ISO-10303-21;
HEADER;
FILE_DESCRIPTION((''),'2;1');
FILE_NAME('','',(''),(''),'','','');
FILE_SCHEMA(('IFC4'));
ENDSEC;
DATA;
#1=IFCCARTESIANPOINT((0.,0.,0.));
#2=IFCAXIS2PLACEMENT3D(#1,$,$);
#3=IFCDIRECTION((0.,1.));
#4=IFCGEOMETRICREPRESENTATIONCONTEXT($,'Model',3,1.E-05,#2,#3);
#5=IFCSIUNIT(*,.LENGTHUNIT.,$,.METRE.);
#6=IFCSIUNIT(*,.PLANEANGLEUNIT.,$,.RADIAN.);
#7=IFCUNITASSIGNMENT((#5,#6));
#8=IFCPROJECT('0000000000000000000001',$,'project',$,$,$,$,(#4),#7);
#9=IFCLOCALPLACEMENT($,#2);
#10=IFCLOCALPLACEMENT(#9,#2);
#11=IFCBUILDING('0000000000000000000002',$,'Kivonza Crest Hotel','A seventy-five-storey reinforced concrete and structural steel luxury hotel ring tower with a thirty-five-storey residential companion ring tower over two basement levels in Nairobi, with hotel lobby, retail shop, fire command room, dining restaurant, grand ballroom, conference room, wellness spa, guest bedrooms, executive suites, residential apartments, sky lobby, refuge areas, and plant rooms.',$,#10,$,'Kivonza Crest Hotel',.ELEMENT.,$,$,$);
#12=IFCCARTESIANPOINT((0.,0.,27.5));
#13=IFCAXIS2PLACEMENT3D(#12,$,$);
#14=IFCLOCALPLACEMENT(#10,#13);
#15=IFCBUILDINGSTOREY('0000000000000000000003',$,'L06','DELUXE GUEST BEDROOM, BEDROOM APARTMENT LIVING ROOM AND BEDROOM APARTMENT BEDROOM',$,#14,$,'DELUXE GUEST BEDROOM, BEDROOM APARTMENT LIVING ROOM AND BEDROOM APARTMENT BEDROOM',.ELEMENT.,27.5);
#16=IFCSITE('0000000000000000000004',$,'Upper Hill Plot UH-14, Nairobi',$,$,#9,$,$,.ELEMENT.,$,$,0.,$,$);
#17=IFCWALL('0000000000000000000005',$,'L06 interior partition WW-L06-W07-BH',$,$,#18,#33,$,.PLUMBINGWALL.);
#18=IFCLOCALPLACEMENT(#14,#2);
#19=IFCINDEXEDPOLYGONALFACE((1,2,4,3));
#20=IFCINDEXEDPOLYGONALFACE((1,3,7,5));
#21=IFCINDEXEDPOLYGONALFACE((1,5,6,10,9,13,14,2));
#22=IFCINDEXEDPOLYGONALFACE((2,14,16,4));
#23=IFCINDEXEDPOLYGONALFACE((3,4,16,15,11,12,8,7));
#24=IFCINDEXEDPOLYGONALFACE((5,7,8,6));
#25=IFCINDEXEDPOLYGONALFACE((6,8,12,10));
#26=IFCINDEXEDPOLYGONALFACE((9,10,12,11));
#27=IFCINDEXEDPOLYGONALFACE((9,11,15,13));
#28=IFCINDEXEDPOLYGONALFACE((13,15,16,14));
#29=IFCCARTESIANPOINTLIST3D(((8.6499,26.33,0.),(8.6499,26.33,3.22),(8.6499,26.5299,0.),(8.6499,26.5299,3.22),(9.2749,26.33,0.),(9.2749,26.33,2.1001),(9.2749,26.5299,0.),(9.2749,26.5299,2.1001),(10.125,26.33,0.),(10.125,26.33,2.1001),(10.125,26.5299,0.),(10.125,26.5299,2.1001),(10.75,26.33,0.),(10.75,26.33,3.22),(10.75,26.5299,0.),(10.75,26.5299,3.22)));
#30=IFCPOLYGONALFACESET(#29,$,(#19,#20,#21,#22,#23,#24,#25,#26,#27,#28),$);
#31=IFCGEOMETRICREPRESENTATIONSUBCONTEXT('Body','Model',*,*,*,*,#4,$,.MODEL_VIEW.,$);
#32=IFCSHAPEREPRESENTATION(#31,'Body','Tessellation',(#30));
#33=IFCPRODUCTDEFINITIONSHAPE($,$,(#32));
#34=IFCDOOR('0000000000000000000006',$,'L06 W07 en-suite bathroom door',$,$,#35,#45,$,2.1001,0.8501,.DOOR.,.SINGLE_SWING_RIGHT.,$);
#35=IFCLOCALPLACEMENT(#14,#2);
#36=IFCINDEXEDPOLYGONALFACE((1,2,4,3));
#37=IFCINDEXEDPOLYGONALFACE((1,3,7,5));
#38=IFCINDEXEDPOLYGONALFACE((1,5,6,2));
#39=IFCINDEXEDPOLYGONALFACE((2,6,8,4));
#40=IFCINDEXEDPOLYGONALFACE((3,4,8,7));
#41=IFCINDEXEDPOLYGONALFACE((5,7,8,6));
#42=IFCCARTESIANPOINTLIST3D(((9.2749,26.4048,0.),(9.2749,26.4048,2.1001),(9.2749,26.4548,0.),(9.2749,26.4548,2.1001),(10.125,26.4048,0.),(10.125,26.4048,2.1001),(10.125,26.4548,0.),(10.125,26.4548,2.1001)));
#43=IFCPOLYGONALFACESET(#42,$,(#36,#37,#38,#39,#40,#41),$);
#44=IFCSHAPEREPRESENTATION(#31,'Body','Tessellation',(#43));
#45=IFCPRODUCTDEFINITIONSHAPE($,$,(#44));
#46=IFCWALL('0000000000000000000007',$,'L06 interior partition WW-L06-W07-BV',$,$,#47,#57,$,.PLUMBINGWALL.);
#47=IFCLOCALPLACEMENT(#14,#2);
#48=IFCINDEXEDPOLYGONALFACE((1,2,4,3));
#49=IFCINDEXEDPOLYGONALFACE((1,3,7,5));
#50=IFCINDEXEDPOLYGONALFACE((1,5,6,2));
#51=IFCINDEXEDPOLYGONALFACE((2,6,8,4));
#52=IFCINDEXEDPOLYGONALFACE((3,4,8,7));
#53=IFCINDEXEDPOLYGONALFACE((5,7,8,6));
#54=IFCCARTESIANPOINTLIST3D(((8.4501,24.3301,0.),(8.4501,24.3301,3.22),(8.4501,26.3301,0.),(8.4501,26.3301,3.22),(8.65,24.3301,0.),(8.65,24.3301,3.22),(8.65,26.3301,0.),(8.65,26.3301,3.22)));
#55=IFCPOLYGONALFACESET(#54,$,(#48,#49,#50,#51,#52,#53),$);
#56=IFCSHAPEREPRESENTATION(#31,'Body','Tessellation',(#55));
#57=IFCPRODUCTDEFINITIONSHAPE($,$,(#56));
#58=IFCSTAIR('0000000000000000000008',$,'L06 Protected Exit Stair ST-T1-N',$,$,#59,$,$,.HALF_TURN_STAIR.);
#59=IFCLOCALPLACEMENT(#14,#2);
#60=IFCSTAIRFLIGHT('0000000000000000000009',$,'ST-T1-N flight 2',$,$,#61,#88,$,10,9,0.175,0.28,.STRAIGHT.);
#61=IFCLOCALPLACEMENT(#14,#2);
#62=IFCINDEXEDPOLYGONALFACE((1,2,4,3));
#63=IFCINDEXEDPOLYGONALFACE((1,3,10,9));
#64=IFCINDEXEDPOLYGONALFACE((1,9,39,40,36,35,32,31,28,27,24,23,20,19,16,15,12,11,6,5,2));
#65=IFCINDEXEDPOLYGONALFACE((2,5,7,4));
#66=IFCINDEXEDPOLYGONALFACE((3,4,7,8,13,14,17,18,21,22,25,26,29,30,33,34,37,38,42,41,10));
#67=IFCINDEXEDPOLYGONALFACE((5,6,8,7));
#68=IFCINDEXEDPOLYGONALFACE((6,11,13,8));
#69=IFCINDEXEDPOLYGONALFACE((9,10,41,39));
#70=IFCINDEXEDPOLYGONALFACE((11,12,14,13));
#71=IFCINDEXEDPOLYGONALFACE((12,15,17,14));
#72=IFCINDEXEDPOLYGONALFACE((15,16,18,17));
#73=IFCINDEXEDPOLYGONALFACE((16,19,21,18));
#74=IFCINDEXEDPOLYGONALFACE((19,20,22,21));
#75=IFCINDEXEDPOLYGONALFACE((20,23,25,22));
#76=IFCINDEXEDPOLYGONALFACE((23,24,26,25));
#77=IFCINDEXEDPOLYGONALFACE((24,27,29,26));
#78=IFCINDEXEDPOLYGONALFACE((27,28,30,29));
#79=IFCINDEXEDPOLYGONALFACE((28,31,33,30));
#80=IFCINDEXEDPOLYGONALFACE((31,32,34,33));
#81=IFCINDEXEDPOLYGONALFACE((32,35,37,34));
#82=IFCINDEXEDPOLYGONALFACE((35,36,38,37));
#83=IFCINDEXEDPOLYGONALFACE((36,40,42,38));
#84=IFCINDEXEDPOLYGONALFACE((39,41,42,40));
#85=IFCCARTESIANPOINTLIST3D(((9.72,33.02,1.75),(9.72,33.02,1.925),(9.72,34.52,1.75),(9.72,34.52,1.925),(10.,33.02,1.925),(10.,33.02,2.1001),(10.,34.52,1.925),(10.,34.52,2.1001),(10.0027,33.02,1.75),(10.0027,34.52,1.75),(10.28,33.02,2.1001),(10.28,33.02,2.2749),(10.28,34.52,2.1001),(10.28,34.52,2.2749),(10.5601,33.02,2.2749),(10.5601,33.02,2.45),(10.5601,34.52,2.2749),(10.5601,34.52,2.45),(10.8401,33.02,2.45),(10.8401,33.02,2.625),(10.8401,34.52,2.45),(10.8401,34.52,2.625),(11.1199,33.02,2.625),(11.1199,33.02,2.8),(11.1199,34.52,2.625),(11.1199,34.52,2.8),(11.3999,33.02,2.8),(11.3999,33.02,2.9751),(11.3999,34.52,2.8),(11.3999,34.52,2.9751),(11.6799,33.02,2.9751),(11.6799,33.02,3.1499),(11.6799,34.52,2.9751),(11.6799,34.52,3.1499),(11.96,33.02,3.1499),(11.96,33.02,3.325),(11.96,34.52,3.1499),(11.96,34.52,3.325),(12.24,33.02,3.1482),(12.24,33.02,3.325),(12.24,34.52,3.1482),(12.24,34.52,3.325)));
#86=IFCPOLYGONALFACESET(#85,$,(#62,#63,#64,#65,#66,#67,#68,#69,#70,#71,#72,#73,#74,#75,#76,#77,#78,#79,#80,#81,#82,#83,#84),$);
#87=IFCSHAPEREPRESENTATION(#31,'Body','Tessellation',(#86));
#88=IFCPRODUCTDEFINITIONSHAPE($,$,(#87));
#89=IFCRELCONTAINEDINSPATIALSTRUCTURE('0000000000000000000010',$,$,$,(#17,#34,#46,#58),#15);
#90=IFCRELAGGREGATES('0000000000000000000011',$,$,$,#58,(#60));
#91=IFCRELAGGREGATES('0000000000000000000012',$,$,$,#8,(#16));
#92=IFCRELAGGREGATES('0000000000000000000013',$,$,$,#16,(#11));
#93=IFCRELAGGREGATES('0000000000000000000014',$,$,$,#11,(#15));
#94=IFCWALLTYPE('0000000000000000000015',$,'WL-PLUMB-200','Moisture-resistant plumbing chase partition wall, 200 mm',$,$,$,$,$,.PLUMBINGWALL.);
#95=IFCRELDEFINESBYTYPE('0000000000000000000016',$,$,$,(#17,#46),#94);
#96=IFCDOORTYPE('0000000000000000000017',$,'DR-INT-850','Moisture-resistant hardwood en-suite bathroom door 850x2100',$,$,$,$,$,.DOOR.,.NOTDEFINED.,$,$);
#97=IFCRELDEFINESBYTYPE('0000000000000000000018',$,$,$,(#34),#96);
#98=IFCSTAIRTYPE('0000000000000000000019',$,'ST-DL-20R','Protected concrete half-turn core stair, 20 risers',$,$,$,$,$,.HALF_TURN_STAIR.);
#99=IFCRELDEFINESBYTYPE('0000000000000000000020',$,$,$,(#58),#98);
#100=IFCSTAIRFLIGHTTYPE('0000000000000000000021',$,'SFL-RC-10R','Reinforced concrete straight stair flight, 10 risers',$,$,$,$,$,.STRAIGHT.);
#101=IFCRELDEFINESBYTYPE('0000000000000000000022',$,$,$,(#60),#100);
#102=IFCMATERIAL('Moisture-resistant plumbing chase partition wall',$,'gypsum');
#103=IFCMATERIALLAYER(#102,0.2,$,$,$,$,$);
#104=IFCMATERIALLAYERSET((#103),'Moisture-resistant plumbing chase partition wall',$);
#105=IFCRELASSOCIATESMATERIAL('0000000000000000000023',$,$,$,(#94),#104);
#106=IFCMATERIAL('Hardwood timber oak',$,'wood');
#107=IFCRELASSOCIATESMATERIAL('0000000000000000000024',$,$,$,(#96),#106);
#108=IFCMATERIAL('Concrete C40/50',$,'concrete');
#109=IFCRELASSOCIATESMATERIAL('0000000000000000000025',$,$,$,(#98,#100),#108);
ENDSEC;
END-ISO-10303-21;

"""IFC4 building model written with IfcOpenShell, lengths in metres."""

from ifc_helpers import new_model, si_unit, direction, frame, frame_2d, origin, place, context, subcontext, project, spatial, polyline, rectangle, outline, extrude, material, layer, layer_set, type_object, element, fill, aggregate, save


model = new_model("IFC4")

# Units and contexts
model_context = context("Model", 3, precision=1e-05, world=origin(), true_north=direction((0.0, 1.0)))
body_context = subcontext(model_context, "Body", "Model", "MODEL_VIEW")
ifc_project = project(units=[si_unit("LENGTHUNIT", "METRE"), si_unit("PLANEANGLEUNIT", "RADIAN")], contexts=[model_context])

# Site, building, storey
site_placement = place(None, origin())
site = spatial("IfcSite", under=ifc_project, at=site_placement, Name="Upper Hill Plot UH-14, Nairobi", CompositionType="ELEMENT", RefElevation=0.0)
building_placement = place(site_placement, origin())
building = spatial("IfcBuilding", under=site, at=building_placement, Name="Kivonza Crest Hotel", Description="A seventy-five-storey reinforced concrete and structural steel luxury hotel ring tower with a thirty-five-storey residential companion ring tower over two basement levels in Nairobi, with hotel lobby, retail shop, fire command room, dining restaurant, grand ballroom, conference room, wellness spa, guest bedrooms, executive suites, residential apartments, sky lobby, refuge areas, and plant rooms.", LongName="Kivonza Crest Hotel", CompositionType="ELEMENT")
storey_placement = place(building_placement, frame((0.0, 0.0, 27.5)))
storey = spatial("IfcBuildingStorey", under=building, at=storey_placement, Name="L06", Description="DELUXE GUEST BEDROOM, BEDROOM APARTMENT LIVING ROOM AND BEDROOM APARTMENT BEDROOM", LongName="DELUXE GUEST BEDROOM, BEDROOM APARTMENT LIVING ROOM AND BEDROOM APARTMENT BEDROOM", CompositionType="ELEMENT", Elevation=27.5)

# Shared definitions
ifc_material_1 = material(Name="Hardwood timber oak", Category="wood")

# Wall, opening, door
ifc_material_2 = material(Name="Moisture-resistant plumbing chase partition wall", Category="gypsum")
ifc_layer_1 = layer(ifc_material_2, 0.2)
ifc_layer_set_1 = layer_set([ifc_layer_1], Name="Moisture-resistant plumbing chase partition wall")
wall_type_1 = type_object("IfcWallType", Name="WL-PLUMB-200", Description="Moisture-resistant plumbing chase partition wall, 200 mm", PredefinedType="PLUMBINGWALL", material=ifc_layer_set_1)
wall_1_placement = place(storey_placement, frame((8.6499, 26.4299, 0.0), z_axis=(0.0, 0.0, 1.0), x_axis=(1.0, 0.0, 0.0)))
wall_1 = element("IfcWall", 1, at=wall_1_placement, inside=storey, type_object=wall_type_1, Name="L06 interior partition WW-L06-W07-BH", PredefinedType="PLUMBINGWALL", context=body_context, shape_type="SweptSolid", body=[
    extrude(rectangle(XDim=2.1001, YDim=0.2, at=frame_2d((1.05, 0.0))), origin(), (0.0, 0.0, 1.0), 3.22),
])
opening_1_placement = place(wall_1_placement, frame((0.625, 0.0, 0.0)))
opening_1 = element("IfcOpeningElement", 2, at=opening_1_placement, cuts=wall_1, PredefinedType="OPENING", context=body_context, shape_type="SweptSolid", body=[
    extrude(rectangle(XDim=0.8501, YDim=2.1001, at=frame_2d((0.425, 1.05))), frame((0.0, 0.1099, 0.0), z_axis=(0.0, -1.0, 0.0), x_axis=(1.0, 0.0, 0.0)), (0.0, 0.0, 1.0), 0.22),
])
door_type_1 = type_object("IfcDoorType", Name="DR-INT-850", Description="Moisture-resistant hardwood en-suite bathroom door 850x2100", OperationType="NOTDEFINED", PredefinedType="DOOR", material=ifc_material_1)
door_1_placement = place(opening_1_placement, origin())
door_1 = element("IfcDoor", 3, at=door_1_placement, inside=storey, type_object=door_type_1, Name="L06 W07 en-suite bathroom door", OperationType="SINGLE_SWING_RIGHT", OverallHeight=2.1001, OverallWidth=0.8501, PredefinedType="DOOR", context=body_context, shape_type="SweptSolid", body=[
    extrude(rectangle(XDim=0.8501, YDim=2.1001, at=frame_2d((0.425, 1.05))), frame((0.0, 0.0249, 0.0), z_axis=(0.0, -1.0, 0.0), x_axis=(1.0, 0.0, 0.0)), (0.0, 0.0, 1.0), 0.05),
])
fill(opening_1, door_1)

# Wall
wall_2_placement = place(storey_placement, frame((8.55, 24.3301, 0.0), z_axis=(0.0, 0.0, 1.0), x_axis=(0.0, 1.0, 0.0)))
element("IfcWall", 4, at=wall_2_placement, inside=storey, type_object=wall_type_1, Name="L06 interior partition WW-L06-W07-BV", PredefinedType="PLUMBINGWALL", context=body_context, shape_type="SweptSolid", body=[
    extrude(rectangle(XDim=2.0, YDim=0.2, at=frame_2d((1.0, 0.0))), origin(), (0.0, 0.0, 1.0), 3.22),
])

# Stair, stair flight
ifc_material_3 = material(Name="Concrete C40/50", Category="concrete")
stair_type = type_object("IfcStairType", Name="ST-DL-20R", Description="Protected concrete half-turn core stair, 20 risers", PredefinedType="HALF_TURN_STAIR", material=ifc_material_3)
stair_placement = place(storey_placement, origin())
stair = element("IfcStair", 5, at=stair_placement, inside=storey, type_object=stair_type, Name="L06 Protected Exit Stair ST-T1-N", PredefinedType="HALF_TURN_STAIR")
stair_flight_type = type_object("IfcStairFlightType", Name="SFL-RC-10R", Description="Reinforced concrete straight stair flight, 10 risers", PredefinedType="STRAIGHT", material=ifc_material_3)
stair_flight_placement = place(storey_placement, frame((9.72, 33.77, 1.75), z_axis=(0.0, 0.0, 1.0), x_axis=(1.0, 0.0, 0.0)))
stair_flight = element("IfcStairFlight", 6, at=stair_flight_placement, type_object=stair_flight_type, Name="ST-T1-N flight 2", NumberOfRisers=10, NumberOfTreads=9, PredefinedType="STRAIGHT", RiserHeight=0.175, TreadLength=0.28, context=body_context, shape_type="SweptSolid", body=[
    extrude(outline(polyline([(0.0, 0.0), (0.0, 0.175), (0.28, 0.175), (0.28, 0.3501), (0.5601, 0.3501), (0.5601, 0.5249), (0.8401, 0.5249), (0.8401, 0.7), (1.1201, 0.7), (1.1201, 0.875), (1.3999, 0.875), (1.3999, 1.05), (1.6799, 1.05), (1.6799, 1.2251), (1.96, 1.2251), (1.96, 1.3999), (2.24, 1.3999), (2.24, 1.575), (2.52, 1.575), (2.52, 1.75), (2.52, 1.3982), (0.2827, 0.0), (0.0, 0.0)])), frame((0.0, 0.75, 0.0), z_axis=(0.0, -1.0, 0.0), x_axis=(1.0, 0.0, 0.0)), (0.0, 0.0, 1.0), 1.5),
])
aggregate(stair, [stair_flight])

save(model, "model.ifc")
